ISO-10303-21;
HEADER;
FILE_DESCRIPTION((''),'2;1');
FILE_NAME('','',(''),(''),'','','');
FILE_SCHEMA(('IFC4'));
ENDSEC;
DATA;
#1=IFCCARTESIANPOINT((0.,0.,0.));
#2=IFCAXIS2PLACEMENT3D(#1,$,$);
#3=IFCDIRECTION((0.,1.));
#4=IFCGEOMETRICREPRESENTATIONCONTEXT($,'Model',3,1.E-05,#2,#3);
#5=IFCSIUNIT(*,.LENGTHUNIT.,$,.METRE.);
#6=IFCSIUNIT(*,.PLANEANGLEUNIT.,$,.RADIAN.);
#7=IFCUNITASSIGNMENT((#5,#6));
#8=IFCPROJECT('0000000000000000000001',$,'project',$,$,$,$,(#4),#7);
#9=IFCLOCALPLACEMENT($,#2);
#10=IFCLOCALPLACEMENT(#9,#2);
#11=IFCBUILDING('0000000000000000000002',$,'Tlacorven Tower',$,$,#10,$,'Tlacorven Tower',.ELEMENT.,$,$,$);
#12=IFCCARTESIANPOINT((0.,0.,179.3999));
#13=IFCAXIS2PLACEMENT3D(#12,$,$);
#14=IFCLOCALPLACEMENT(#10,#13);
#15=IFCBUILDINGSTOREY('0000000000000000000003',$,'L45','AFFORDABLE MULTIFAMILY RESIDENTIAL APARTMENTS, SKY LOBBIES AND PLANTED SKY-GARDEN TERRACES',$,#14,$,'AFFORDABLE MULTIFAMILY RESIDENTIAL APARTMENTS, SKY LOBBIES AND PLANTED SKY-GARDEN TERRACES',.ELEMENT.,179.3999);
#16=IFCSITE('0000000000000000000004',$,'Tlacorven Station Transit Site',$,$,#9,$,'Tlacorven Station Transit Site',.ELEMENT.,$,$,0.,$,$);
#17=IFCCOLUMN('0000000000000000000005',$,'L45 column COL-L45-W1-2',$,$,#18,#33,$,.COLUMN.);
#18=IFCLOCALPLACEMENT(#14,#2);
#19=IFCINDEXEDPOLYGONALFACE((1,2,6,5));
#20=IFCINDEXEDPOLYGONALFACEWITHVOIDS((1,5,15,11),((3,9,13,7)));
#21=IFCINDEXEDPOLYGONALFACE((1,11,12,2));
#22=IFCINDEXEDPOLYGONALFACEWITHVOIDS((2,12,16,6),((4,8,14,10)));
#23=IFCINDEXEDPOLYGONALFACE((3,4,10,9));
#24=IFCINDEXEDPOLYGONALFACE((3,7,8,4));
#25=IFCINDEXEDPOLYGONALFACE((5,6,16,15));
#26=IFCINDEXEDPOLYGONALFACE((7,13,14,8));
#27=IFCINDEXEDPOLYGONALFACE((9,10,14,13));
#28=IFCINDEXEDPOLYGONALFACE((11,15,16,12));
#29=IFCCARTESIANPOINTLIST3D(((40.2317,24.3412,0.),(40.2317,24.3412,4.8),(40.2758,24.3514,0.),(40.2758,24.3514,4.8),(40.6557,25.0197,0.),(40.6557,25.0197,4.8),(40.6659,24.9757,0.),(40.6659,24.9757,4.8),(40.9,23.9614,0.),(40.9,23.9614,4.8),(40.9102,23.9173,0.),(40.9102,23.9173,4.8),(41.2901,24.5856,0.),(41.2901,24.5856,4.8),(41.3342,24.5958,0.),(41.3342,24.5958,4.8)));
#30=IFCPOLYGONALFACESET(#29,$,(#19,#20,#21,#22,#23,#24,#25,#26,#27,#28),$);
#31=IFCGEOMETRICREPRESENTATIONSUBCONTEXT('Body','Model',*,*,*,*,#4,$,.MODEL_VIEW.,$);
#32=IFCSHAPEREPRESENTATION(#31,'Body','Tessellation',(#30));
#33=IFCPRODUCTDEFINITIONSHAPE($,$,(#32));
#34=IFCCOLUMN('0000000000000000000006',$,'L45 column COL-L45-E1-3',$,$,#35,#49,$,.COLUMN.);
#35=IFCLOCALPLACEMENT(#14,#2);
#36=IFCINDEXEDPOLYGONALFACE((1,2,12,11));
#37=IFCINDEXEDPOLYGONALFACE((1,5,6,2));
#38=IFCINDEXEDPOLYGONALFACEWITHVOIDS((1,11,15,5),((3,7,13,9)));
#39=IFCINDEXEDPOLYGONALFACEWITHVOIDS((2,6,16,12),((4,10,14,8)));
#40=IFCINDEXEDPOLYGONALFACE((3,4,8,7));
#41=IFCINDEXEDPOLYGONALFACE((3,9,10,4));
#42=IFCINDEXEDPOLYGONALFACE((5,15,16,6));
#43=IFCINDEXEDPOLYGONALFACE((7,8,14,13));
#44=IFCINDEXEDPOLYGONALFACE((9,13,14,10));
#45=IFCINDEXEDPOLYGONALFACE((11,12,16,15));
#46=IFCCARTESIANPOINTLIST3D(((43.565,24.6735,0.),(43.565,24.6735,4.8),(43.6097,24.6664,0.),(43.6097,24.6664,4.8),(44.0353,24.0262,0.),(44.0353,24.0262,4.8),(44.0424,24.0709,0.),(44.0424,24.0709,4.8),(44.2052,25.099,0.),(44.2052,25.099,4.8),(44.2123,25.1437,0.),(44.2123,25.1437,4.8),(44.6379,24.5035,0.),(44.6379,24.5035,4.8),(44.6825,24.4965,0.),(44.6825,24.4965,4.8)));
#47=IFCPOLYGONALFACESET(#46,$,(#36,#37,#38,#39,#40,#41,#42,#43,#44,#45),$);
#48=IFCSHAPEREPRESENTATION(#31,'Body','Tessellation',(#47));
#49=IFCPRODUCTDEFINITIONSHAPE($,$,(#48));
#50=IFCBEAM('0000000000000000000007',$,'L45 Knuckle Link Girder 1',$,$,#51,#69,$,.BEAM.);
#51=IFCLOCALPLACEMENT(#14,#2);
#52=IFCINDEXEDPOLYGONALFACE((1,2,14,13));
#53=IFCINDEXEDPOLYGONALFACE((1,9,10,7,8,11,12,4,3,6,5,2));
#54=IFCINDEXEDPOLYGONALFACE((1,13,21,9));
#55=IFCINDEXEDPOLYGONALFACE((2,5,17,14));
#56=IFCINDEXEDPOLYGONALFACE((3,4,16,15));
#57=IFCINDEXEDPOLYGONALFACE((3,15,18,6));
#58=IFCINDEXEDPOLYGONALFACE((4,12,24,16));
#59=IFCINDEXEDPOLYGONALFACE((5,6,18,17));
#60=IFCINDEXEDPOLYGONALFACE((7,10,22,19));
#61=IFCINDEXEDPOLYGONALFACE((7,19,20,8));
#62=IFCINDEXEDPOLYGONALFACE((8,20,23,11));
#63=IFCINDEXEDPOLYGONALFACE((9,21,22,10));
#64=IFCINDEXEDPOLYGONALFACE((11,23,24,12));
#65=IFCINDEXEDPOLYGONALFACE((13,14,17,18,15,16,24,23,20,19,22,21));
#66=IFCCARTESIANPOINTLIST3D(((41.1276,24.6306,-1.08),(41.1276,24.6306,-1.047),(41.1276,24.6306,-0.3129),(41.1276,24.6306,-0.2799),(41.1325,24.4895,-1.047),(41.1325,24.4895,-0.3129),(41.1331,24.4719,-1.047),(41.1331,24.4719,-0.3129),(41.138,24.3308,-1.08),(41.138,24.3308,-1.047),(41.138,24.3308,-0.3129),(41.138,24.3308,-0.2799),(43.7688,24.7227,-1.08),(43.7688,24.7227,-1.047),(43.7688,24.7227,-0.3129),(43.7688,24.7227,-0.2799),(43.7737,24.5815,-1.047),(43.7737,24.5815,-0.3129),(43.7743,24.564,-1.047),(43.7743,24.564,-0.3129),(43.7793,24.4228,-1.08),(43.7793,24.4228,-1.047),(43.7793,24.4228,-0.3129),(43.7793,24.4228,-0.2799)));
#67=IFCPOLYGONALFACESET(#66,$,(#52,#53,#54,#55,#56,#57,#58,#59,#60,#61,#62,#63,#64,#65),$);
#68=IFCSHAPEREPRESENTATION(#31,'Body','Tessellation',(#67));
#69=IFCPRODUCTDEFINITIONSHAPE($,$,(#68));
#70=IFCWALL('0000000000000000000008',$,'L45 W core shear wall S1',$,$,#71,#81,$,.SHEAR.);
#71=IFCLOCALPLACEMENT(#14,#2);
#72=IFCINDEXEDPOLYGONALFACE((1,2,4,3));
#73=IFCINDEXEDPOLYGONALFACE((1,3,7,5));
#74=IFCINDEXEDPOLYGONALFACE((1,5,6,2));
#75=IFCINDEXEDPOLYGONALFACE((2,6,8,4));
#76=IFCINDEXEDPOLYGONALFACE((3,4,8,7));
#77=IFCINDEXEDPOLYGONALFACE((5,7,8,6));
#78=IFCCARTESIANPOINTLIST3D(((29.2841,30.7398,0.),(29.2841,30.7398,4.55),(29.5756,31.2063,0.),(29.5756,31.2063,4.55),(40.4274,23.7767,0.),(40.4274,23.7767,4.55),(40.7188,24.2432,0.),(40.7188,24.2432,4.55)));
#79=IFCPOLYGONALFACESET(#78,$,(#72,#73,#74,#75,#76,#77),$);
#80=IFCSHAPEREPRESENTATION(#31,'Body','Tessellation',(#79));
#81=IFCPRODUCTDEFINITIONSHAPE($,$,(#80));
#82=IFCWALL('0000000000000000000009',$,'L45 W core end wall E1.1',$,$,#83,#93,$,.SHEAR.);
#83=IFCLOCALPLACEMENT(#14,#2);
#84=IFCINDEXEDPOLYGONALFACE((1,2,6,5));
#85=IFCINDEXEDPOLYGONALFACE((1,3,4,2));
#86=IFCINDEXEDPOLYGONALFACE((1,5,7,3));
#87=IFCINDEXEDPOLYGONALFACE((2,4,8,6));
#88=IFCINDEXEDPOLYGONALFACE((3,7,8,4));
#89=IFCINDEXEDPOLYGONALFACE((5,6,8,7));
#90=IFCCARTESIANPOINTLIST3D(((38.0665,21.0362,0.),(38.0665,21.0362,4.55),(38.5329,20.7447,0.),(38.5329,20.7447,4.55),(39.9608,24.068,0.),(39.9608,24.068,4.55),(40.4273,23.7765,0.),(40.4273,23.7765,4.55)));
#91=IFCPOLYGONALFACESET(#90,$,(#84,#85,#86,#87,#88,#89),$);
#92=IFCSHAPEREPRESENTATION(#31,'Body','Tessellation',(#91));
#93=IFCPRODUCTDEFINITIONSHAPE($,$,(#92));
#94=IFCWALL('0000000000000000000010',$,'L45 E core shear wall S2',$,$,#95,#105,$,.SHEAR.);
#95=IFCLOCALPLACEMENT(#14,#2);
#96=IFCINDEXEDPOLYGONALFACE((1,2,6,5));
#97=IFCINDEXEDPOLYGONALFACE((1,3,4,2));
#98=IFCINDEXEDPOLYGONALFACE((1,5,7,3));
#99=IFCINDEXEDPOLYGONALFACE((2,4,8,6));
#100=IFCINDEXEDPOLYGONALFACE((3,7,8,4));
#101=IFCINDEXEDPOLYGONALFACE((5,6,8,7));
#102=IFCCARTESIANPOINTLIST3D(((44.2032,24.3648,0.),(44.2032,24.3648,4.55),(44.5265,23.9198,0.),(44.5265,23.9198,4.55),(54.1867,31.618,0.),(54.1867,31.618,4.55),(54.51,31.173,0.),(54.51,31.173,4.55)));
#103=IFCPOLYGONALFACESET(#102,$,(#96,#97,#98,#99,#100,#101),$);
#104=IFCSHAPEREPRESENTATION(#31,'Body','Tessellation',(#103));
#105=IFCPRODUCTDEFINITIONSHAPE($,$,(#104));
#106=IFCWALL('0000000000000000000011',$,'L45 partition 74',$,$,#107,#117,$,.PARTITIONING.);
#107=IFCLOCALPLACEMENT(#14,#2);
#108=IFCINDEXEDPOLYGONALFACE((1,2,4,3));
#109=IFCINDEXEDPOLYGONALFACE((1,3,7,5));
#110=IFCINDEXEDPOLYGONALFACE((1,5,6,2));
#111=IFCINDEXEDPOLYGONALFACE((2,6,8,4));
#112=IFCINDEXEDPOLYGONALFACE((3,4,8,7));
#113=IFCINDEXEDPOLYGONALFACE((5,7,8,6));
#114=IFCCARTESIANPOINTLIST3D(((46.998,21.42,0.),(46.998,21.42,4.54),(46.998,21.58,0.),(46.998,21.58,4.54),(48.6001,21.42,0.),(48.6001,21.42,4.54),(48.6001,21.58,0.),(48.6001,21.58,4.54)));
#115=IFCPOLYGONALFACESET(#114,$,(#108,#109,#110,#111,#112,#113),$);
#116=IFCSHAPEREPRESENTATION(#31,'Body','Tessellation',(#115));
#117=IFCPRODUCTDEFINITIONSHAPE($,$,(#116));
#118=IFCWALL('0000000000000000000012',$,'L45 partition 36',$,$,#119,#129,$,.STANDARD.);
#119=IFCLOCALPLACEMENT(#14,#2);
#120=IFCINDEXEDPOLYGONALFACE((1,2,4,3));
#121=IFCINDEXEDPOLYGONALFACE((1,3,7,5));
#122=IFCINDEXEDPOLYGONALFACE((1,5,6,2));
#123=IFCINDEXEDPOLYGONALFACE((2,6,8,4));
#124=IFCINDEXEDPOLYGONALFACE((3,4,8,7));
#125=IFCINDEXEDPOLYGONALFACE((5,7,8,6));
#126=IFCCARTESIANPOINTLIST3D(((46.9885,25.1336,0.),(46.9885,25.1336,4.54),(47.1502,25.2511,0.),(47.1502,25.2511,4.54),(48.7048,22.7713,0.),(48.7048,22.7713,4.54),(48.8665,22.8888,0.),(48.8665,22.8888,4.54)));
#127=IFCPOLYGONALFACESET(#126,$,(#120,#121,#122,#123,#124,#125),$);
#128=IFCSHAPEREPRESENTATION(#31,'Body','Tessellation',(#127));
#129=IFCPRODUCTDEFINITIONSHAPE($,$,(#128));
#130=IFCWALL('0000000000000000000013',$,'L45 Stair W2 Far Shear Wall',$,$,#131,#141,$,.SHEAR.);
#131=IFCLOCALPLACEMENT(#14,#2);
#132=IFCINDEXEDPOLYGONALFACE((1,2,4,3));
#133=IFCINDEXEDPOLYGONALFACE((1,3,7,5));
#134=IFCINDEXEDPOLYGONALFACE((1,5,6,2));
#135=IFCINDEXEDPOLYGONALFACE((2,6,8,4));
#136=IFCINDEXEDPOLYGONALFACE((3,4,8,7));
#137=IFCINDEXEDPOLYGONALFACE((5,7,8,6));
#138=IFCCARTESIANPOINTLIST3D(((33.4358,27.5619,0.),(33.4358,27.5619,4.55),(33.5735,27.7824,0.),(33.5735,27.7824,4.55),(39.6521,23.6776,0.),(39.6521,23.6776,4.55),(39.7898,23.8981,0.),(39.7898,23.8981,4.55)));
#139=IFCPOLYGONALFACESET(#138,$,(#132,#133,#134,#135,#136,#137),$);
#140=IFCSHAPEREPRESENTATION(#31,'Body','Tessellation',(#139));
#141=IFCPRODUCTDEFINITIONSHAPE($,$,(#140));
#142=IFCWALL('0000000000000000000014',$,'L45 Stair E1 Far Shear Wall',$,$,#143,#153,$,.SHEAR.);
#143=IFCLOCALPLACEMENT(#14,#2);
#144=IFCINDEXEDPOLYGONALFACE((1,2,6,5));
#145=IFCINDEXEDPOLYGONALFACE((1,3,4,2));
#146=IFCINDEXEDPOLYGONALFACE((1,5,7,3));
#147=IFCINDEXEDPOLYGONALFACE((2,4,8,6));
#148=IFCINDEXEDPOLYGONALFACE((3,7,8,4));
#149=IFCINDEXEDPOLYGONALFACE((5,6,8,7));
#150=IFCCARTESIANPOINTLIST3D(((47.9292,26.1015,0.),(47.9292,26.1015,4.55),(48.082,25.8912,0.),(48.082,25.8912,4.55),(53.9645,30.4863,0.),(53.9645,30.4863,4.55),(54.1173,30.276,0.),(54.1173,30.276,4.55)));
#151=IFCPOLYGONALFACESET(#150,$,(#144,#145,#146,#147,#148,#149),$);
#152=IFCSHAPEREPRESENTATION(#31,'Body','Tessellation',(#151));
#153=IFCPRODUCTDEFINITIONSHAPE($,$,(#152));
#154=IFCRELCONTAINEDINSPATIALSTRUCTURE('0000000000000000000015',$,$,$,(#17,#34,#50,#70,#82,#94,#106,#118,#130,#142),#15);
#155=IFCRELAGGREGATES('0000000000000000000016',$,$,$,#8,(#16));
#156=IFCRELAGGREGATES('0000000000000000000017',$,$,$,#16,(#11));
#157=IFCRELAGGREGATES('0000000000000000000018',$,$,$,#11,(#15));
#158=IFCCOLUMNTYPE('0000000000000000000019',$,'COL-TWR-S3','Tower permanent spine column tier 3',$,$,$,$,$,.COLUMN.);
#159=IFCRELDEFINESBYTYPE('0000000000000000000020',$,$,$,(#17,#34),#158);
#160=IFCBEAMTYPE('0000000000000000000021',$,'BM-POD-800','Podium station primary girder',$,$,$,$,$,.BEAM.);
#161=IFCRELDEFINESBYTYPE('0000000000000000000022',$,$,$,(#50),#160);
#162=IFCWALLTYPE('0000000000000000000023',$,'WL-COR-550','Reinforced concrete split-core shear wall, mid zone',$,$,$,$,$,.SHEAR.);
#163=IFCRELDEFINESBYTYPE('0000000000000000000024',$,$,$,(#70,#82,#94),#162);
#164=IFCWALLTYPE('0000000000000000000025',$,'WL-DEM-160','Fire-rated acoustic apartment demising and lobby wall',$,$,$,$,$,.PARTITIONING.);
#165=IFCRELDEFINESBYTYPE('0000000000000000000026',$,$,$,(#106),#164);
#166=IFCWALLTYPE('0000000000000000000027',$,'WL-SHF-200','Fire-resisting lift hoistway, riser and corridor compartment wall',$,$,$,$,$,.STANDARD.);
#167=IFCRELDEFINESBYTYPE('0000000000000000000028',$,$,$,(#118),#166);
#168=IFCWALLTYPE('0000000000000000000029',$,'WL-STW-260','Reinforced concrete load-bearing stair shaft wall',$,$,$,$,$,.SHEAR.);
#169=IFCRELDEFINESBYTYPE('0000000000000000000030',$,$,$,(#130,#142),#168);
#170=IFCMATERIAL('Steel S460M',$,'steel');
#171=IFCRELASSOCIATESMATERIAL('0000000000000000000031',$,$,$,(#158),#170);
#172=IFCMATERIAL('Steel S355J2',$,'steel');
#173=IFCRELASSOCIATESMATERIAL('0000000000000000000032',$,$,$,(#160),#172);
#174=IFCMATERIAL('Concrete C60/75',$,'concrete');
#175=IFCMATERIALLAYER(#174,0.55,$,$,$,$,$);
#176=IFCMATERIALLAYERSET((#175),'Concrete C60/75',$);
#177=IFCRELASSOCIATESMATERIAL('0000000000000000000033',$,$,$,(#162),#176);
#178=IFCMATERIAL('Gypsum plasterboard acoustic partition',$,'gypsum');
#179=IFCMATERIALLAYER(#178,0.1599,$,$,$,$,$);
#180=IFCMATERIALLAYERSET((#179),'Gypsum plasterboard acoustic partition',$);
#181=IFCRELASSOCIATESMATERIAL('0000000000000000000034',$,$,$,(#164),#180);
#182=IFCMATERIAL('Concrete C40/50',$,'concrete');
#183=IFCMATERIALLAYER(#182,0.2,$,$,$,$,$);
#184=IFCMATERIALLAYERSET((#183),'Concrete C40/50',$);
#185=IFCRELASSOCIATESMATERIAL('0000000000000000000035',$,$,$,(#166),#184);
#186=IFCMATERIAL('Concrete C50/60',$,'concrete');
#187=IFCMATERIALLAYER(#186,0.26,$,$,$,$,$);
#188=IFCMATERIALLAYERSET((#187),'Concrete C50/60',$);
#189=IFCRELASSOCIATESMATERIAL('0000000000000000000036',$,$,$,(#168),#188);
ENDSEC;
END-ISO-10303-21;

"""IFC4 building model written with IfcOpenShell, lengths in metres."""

from ifc_helpers import new_model, si_unit, direction, frame, frame_2d, origin, origin_2d, place, context, subcontext, project, spatial, rectangle, hollow_rectangle, i_section, extrude, source, transform, mapped, material, layer, layer_set, material_profile, profile_set, type_object, element, save


model = new_model("IFC4")

# Units and contexts
model_context = context("Model", 3, precision=1e-05, world=origin(), true_north=direction((0.0, 1.0)))
body_context = subcontext(model_context, "Body", "Model", "MODEL_VIEW")
ifc_project = project(units=[si_unit("LENGTHUNIT", "METRE"), si_unit("PLANEANGLEUNIT", "RADIAN")], contexts=[model_context])

# Site, building, storey
site_placement = place(None, origin())
site = spatial("IfcSite", under=ifc_project, at=site_placement, Name="Tlacorven Station Transit Site", LongName="Tlacorven Station Transit Site", CompositionType="ELEMENT", RefElevation=0.0)
building_placement = place(site_placement, origin())
building = spatial("IfcBuilding", under=site, at=building_placement, Name="Tlacorven Tower", LongName="Tlacorven Tower", CompositionType="ELEMENT")
storey_placement = place(building_placement, frame((0.0, 0.0, 179.3999)))
storey = spatial("IfcBuildingStorey", under=building, at=storey_placement, Name="L45", Description="AFFORDABLE MULTIFAMILY RESIDENTIAL APARTMENTS, SKY LOBBIES AND PLANTED SKY-GARDEN TERRACES", LongName="AFFORDABLE MULTIFAMILY RESIDENTIAL APARTMENTS, SKY LOBBIES AND PLANTED SKY-GARDEN TERRACES", CompositionType="ELEMENT", Elevation=179.3999)

# Columns
ifc_material_1 = material(Name="Steel S460M", Category="steel")
ifc_material_profile_1 = material_profile(ifc_material_1, hollow_rectangle(XDim=0.8, YDim=0.8, WallThickness=0.032, at=origin_2d()), Name="BOX 800X800X32")
ifc_profile_set_1 = profile_set([ifc_material_profile_1], Name="Steel S460M")
column_type = type_object("IfcColumnType", Name="COL-TWR-S3", Description="Tower permanent spine column tier 3", PredefinedType="COLUMN", material=ifc_profile_set_1)
shared_shape_1 = source(origin(), body_context, "Body", "SweptSolid", [
    extrude(hollow_rectangle(XDim=0.8, YDim=0.8, WallThickness=0.032, at=origin_2d()), origin(), (0.0, 0.0, 1.0), 4.8),
])
for number, where, z_axis, x_axis, name in (
    (1, (40.783, 24.4685, 0.0), (0.0, 0.0, 1.0), (-0.848048, 0.529919, 0.0), "L45 column COL-L45-W1-2"),
    (2, (44.1238, 24.585, 0.0), (0.0, 0.0, 1.0), (0.809017, 0.587785, 0.0), "L45 column COL-L45-E1-3"),
):
    element("IfcColumn", number, at=place(storey_placement, frame(where, z_axis=z_axis, x_axis=x_axis)), inside=storey, type_object=column_type, Name=name, PredefinedType="COLUMN", context=body_context, shape_type="MappedRepresentation", body=[
        mapped(shared_shape_1, transform((0.0, 0.0, 0.0), scale=1.0)),
    ])

# Beam
ifc_material_2 = material(Name="Steel S355J2", Category="steel")
ifc_material_profile_2 = material_profile(ifc_material_2, i_section(OverallWidth=0.3, OverallDepth=0.8, WebThickness=0.0176, FlangeThickness=0.033, at=origin_2d()), Name="HEB 800")
ifc_profile_set_2 = profile_set([ifc_material_profile_2], Name="Steel S355J2")
beam_type = type_object("IfcBeamType", Name="BM-POD-800", Description="Podium station primary girder", PredefinedType="BEAM", material=ifc_profile_set_2)
shared_shape_2 = source(origin(), body_context, "Body", "SweptSolid", [
    extrude(i_section(OverallWidth=0.3, OverallDepth=0.8, WebThickness=0.0176, FlangeThickness=0.033, at=origin_2d()), origin(), (0.0, 0.0, 1.0), 2.6428),
])
beam_placement = place(storey_placement, frame((41.1328, 24.4807, -0.6799), z_axis=(0.999393, 0.034828, 0.0), x_axis=(-0.034828, 0.999393, 0.0)))
element("IfcBeam", 3, at=beam_placement, inside=storey, type_object=beam_type, Name="L45 Knuckle Link Girder 1", PredefinedType="BEAM", context=body_context, shape_type="MappedRepresentation", body=[
    mapped(shared_shape_2, transform((0.0, 0.0, 0.0), scale=1.0)),
])

# Walls
ifc_material_3 = material(Name="Concrete C60/75", Category="concrete")
ifc_layer_1 = layer(ifc_material_3, 0.55)
ifc_layer_set_1 = layer_set([ifc_layer_1], Name="Concrete C60/75")
wall_type_1 = type_object("IfcWallType", Name="WL-COR-550", Description="Reinforced concrete split-core shear wall, mid zone", PredefinedType="SHEAR", material=ifc_layer_set_1)
wall_1_placement = place(storey_placement, frame((40.573, 24.01, 0.0), z_axis=(0.0, 0.0, 1.0), x_axis=(-0.848047, 0.52992, 0.0)))
element("IfcWall", 4, at=wall_1_placement, inside=storey, type_object=wall_type_1, Name="L45 W core shear wall S1", PredefinedType="SHEAR", context=body_context, shape_type="SweptSolid", body=[
    extrude(rectangle(XDim=13.1399, YDim=0.55, at=frame_2d((6.5698, 0.0))), origin(), (0.0, 0.0, 1.0), 4.55),
])
wall_2_placement = place(storey_placement, frame((40.1941, 23.9224, 0.0), z_axis=(0.0, 0.0, 1.0), x_axis=(-0.529888, -0.848067, 0.0)))
element("IfcWall", 5, at=wall_2_placement, inside=storey, type_object=wall_type_1, Name="L45 W core end wall E1.1", PredefinedType="SHEAR", context=body_context, shape_type="SweptSolid", body=[
    extrude(rectangle(XDim=3.575, YDim=0.55, at=frame_2d((1.7876, 0.0))), origin(), (0.0, 0.0, 1.0), 4.55),
])
wall_3_placement = place(storey_placement, frame((44.365, 24.1423, 0.0), z_axis=(0.0, 0.0, 1.0), x_axis=(0.809024, 0.587775, 0.0)))
element("IfcWall", 6, at=wall_3_placement, inside=storey, type_object=wall_type_1, Name="L45 E core shear wall S2", PredefinedType="SHEAR", context=body_context, shape_type="SweptSolid", body=[
    extrude(rectangle(XDim=12.3401, YDim=0.55, at=frame_2d((6.1699, 0.0))), origin(), (0.0, 0.0, 1.0), 4.55),
])
ifc_material_4 = material(Name="Gypsum plasterboard acoustic partition", Category="gypsum")
ifc_layer_2 = layer(ifc_material_4, 0.1599)
ifc_layer_set_2 = layer_set([ifc_layer_2], Name="Gypsum plasterboard acoustic partition")
wall_type_2 = type_object("IfcWallType", Name="WL-DEM-160", Description="Fire-rated acoustic apartment demising and lobby wall", PredefinedType="PARTITIONING", material=ifc_layer_set_2)
wall_4_placement = place(storey_placement, frame((46.998, 21.5, 0.0), z_axis=(0.0, 0.0, 1.0), x_axis=(1.0, 0.0, 0.0)))
element("IfcWall", 7, at=wall_4_placement, inside=storey, type_object=wall_type_2, Name="L45 partition 74", PredefinedType="PARTITIONING", context=body_context, shape_type="SweptSolid", body=[
    extrude(rectangle(XDim=1.6021, YDim=0.1599, at=frame_2d((0.801, 0.0))), origin(), (0.0, 0.0, 1.0), 4.54),
])
ifc_material_5 = material(Name="Concrete C40/50", Category="concrete")
ifc_layer_3 = layer(ifc_material_5, 0.2)
ifc_layer_set_3 = layer_set([ifc_layer_3], Name="Concrete C40/50")
wall_type_3 = type_object("IfcWallType", Name="WL-SHF-200", Description="Fire-resisting lift hoistway, riser and corridor compartment wall", PredefinedType="STANDARD", material=ifc_layer_set_3)
wall_5_placement = place(storey_placement, frame((48.7856, 22.8301, 0.0), z_axis=(0.0, 0.0, 1.0), x_axis=(-0.587784, 0.809018, 0.0)))
element("IfcWall", 8, at=wall_5_placement, inside=storey, type_object=wall_type_3, Name="L45 partition 36", PredefinedType="STANDARD", context=body_context, shape_type="SweptSolid", body=[
    extrude(rectangle(XDim=2.9199, YDim=0.2, at=frame_2d((1.46, 0.0))), origin(), (0.0, 0.0, 1.0), 4.54),
])
ifc_material_6 = material(Name="Concrete C50/60", Category="concrete")
ifc_layer_4 = layer(ifc_material_6, 0.26)
ifc_layer_set_4 = layer_set([ifc_layer_4], Name="Concrete C50/60")
wall_type_4 = type_object("IfcWallType", Name="WL-STW-260", Description="Reinforced concrete load-bearing stair shaft wall", PredefinedType="SHEAR", material=ifc_layer_set_4)
wall_6_placement = place(storey_placement, frame((39.7209, 23.7878, 0.0), z_axis=(0.0, 0.0, 1.0), x_axis=(-0.848054, 0.529909, 0.0)))
element("IfcWall", 9, at=wall_6_placement, inside=storey, type_object=wall_type_4, Name="L45 Stair W2 Far Shear Wall", PredefinedType="SHEAR", context=body_context, shape_type="SweptSolid", body=[
    extrude(rectangle(XDim=7.3301, YDim=0.26, at=frame_2d((3.665, 0.0))), origin(), (0.0, 0.0, 1.0), 4.55),
])
wall_7_placement = place(storey_placement, frame((48.0056, 25.9963, 0.0), z_axis=(0.0, 0.0, 1.0), x_axis=(0.809019, 0.587782, 0.0)))
element("IfcWall", 10, at=wall_7_placement, inside=storey, type_object=wall_type_4, Name="L45 Stair E1 Far Shear Wall", PredefinedType="SHEAR", context=body_context, shape_type="SweptSolid", body=[
    extrude(rectangle(XDim=7.46, YDim=0.26, at=frame_2d((3.73, 0.0))), origin(), (0.0, 0.0, 1.0), 4.55),
])

save(model, "model.ifc")
